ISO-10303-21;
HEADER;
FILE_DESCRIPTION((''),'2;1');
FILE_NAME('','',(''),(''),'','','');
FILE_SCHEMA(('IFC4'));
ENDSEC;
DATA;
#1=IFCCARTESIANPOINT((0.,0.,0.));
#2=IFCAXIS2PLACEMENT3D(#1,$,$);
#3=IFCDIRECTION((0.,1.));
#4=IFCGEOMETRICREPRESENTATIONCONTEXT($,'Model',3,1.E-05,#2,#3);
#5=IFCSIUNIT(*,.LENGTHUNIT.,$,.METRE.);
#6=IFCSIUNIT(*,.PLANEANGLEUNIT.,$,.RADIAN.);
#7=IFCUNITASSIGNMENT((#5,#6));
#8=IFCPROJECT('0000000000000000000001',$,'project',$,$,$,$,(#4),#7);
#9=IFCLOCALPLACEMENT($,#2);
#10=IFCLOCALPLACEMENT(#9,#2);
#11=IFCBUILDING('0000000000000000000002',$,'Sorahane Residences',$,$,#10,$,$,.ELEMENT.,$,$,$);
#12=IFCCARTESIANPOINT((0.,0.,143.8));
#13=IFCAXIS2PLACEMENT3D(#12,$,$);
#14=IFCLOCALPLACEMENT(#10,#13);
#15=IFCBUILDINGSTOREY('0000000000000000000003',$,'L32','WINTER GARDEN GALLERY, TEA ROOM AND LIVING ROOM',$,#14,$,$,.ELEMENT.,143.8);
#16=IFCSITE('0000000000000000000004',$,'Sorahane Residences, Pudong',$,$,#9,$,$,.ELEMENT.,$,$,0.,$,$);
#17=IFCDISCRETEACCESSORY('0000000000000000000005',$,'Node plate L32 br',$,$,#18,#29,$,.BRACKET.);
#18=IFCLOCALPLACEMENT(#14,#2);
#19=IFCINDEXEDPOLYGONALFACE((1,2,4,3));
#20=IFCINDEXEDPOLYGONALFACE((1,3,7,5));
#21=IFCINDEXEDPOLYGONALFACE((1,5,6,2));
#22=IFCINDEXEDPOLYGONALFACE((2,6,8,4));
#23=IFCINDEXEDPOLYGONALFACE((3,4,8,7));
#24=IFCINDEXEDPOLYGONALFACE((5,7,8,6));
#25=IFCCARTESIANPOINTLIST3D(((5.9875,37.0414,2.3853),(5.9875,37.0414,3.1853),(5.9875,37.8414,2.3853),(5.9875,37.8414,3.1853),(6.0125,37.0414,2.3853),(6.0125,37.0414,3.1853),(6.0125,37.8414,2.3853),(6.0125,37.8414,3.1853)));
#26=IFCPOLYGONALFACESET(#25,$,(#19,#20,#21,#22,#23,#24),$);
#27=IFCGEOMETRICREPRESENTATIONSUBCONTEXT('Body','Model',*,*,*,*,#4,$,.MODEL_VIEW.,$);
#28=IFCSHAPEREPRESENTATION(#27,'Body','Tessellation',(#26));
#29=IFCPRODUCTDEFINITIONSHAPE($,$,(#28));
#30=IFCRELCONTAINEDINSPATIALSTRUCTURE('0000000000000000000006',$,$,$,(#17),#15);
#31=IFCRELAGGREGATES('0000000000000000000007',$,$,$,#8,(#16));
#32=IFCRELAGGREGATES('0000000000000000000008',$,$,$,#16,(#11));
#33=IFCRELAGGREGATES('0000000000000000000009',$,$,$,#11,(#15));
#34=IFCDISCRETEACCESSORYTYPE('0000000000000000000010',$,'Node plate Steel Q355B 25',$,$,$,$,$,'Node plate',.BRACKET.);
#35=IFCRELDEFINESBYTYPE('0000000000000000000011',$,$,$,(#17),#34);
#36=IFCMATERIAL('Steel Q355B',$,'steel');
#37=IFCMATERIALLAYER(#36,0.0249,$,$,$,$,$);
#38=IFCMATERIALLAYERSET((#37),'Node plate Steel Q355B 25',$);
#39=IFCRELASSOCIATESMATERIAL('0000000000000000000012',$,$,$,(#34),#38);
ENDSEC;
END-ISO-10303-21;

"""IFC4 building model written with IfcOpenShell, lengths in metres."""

from ifc_helpers import new_model, si_unit, direction, frame, origin, origin_2d, place, context, subcontext, project, spatial, rectangle, extrude, material, layer, layer_set, type_object, element, save


model = new_model("IFC4")

# Units and contexts
model_context = context("Model", 3, precision=1e-05, world=origin(), true_north=direction((0.0, 1.0)))
body_context = subcontext(model_context, "Body", "Model", "MODEL_VIEW")
ifc_project = project(units=[si_unit("LENGTHUNIT", "METRE"), si_unit("PLANEANGLEUNIT", "RADIAN")], contexts=[model_context])

# Site, building, storey
site_placement = place(None, origin())
site = spatial("IfcSite", under=ifc_project, at=site_placement, Name="Sorahane Residences, Pudong", CompositionType="ELEMENT", RefElevation=0.0)
building_placement = place(site_placement, origin())
building = spatial("IfcBuilding", under=site, at=building_placement, Name="Sorahane Residences", CompositionType="ELEMENT")
storey_placement = place(building_placement, frame((0.0, 0.0, 143.8)))
storey = spatial("IfcBuildingStorey", under=building, at=storey_placement, Name="L32", Description="WINTER GARDEN GALLERY, TEA ROOM AND LIVING ROOM", CompositionType="ELEMENT", Elevation=143.8)

# Discrete accessory
ifc_material_1 = material(Name="Steel Q355B", Category="steel")
ifc_layer_1 = layer(ifc_material_1, 0.0249)
ifc_layer_set_1 = layer_set([ifc_layer_1], Name="Node plate Steel Q355B 25")
discrete_accessory_type = type_object("IfcDiscreteAccessoryType", Name="Node plate Steel Q355B 25", ElementType="Node plate", PredefinedType="BRACKET", material=ifc_layer_set_1)
discrete_accessory_placement = place(storey_placement, frame((6.0, 37.4414, 2.3853), z_axis=(0.0, 0.0, 1.0), x_axis=(0.0, 1.0, 0.0)))
element("IfcDiscreteAccessory", 1, at=discrete_accessory_placement, inside=storey, type_object=discrete_accessory_type, Name="Node plate L32 br", PredefinedType="BRACKET", context=body_context, shape_type="SweptSolid", body=[
    extrude(rectangle(XDim=0.8, YDim=0.0249, at=origin_2d()), origin(), (0.0, 0.0, 1.0), 0.8),
])

save(model, "model.ifc")
